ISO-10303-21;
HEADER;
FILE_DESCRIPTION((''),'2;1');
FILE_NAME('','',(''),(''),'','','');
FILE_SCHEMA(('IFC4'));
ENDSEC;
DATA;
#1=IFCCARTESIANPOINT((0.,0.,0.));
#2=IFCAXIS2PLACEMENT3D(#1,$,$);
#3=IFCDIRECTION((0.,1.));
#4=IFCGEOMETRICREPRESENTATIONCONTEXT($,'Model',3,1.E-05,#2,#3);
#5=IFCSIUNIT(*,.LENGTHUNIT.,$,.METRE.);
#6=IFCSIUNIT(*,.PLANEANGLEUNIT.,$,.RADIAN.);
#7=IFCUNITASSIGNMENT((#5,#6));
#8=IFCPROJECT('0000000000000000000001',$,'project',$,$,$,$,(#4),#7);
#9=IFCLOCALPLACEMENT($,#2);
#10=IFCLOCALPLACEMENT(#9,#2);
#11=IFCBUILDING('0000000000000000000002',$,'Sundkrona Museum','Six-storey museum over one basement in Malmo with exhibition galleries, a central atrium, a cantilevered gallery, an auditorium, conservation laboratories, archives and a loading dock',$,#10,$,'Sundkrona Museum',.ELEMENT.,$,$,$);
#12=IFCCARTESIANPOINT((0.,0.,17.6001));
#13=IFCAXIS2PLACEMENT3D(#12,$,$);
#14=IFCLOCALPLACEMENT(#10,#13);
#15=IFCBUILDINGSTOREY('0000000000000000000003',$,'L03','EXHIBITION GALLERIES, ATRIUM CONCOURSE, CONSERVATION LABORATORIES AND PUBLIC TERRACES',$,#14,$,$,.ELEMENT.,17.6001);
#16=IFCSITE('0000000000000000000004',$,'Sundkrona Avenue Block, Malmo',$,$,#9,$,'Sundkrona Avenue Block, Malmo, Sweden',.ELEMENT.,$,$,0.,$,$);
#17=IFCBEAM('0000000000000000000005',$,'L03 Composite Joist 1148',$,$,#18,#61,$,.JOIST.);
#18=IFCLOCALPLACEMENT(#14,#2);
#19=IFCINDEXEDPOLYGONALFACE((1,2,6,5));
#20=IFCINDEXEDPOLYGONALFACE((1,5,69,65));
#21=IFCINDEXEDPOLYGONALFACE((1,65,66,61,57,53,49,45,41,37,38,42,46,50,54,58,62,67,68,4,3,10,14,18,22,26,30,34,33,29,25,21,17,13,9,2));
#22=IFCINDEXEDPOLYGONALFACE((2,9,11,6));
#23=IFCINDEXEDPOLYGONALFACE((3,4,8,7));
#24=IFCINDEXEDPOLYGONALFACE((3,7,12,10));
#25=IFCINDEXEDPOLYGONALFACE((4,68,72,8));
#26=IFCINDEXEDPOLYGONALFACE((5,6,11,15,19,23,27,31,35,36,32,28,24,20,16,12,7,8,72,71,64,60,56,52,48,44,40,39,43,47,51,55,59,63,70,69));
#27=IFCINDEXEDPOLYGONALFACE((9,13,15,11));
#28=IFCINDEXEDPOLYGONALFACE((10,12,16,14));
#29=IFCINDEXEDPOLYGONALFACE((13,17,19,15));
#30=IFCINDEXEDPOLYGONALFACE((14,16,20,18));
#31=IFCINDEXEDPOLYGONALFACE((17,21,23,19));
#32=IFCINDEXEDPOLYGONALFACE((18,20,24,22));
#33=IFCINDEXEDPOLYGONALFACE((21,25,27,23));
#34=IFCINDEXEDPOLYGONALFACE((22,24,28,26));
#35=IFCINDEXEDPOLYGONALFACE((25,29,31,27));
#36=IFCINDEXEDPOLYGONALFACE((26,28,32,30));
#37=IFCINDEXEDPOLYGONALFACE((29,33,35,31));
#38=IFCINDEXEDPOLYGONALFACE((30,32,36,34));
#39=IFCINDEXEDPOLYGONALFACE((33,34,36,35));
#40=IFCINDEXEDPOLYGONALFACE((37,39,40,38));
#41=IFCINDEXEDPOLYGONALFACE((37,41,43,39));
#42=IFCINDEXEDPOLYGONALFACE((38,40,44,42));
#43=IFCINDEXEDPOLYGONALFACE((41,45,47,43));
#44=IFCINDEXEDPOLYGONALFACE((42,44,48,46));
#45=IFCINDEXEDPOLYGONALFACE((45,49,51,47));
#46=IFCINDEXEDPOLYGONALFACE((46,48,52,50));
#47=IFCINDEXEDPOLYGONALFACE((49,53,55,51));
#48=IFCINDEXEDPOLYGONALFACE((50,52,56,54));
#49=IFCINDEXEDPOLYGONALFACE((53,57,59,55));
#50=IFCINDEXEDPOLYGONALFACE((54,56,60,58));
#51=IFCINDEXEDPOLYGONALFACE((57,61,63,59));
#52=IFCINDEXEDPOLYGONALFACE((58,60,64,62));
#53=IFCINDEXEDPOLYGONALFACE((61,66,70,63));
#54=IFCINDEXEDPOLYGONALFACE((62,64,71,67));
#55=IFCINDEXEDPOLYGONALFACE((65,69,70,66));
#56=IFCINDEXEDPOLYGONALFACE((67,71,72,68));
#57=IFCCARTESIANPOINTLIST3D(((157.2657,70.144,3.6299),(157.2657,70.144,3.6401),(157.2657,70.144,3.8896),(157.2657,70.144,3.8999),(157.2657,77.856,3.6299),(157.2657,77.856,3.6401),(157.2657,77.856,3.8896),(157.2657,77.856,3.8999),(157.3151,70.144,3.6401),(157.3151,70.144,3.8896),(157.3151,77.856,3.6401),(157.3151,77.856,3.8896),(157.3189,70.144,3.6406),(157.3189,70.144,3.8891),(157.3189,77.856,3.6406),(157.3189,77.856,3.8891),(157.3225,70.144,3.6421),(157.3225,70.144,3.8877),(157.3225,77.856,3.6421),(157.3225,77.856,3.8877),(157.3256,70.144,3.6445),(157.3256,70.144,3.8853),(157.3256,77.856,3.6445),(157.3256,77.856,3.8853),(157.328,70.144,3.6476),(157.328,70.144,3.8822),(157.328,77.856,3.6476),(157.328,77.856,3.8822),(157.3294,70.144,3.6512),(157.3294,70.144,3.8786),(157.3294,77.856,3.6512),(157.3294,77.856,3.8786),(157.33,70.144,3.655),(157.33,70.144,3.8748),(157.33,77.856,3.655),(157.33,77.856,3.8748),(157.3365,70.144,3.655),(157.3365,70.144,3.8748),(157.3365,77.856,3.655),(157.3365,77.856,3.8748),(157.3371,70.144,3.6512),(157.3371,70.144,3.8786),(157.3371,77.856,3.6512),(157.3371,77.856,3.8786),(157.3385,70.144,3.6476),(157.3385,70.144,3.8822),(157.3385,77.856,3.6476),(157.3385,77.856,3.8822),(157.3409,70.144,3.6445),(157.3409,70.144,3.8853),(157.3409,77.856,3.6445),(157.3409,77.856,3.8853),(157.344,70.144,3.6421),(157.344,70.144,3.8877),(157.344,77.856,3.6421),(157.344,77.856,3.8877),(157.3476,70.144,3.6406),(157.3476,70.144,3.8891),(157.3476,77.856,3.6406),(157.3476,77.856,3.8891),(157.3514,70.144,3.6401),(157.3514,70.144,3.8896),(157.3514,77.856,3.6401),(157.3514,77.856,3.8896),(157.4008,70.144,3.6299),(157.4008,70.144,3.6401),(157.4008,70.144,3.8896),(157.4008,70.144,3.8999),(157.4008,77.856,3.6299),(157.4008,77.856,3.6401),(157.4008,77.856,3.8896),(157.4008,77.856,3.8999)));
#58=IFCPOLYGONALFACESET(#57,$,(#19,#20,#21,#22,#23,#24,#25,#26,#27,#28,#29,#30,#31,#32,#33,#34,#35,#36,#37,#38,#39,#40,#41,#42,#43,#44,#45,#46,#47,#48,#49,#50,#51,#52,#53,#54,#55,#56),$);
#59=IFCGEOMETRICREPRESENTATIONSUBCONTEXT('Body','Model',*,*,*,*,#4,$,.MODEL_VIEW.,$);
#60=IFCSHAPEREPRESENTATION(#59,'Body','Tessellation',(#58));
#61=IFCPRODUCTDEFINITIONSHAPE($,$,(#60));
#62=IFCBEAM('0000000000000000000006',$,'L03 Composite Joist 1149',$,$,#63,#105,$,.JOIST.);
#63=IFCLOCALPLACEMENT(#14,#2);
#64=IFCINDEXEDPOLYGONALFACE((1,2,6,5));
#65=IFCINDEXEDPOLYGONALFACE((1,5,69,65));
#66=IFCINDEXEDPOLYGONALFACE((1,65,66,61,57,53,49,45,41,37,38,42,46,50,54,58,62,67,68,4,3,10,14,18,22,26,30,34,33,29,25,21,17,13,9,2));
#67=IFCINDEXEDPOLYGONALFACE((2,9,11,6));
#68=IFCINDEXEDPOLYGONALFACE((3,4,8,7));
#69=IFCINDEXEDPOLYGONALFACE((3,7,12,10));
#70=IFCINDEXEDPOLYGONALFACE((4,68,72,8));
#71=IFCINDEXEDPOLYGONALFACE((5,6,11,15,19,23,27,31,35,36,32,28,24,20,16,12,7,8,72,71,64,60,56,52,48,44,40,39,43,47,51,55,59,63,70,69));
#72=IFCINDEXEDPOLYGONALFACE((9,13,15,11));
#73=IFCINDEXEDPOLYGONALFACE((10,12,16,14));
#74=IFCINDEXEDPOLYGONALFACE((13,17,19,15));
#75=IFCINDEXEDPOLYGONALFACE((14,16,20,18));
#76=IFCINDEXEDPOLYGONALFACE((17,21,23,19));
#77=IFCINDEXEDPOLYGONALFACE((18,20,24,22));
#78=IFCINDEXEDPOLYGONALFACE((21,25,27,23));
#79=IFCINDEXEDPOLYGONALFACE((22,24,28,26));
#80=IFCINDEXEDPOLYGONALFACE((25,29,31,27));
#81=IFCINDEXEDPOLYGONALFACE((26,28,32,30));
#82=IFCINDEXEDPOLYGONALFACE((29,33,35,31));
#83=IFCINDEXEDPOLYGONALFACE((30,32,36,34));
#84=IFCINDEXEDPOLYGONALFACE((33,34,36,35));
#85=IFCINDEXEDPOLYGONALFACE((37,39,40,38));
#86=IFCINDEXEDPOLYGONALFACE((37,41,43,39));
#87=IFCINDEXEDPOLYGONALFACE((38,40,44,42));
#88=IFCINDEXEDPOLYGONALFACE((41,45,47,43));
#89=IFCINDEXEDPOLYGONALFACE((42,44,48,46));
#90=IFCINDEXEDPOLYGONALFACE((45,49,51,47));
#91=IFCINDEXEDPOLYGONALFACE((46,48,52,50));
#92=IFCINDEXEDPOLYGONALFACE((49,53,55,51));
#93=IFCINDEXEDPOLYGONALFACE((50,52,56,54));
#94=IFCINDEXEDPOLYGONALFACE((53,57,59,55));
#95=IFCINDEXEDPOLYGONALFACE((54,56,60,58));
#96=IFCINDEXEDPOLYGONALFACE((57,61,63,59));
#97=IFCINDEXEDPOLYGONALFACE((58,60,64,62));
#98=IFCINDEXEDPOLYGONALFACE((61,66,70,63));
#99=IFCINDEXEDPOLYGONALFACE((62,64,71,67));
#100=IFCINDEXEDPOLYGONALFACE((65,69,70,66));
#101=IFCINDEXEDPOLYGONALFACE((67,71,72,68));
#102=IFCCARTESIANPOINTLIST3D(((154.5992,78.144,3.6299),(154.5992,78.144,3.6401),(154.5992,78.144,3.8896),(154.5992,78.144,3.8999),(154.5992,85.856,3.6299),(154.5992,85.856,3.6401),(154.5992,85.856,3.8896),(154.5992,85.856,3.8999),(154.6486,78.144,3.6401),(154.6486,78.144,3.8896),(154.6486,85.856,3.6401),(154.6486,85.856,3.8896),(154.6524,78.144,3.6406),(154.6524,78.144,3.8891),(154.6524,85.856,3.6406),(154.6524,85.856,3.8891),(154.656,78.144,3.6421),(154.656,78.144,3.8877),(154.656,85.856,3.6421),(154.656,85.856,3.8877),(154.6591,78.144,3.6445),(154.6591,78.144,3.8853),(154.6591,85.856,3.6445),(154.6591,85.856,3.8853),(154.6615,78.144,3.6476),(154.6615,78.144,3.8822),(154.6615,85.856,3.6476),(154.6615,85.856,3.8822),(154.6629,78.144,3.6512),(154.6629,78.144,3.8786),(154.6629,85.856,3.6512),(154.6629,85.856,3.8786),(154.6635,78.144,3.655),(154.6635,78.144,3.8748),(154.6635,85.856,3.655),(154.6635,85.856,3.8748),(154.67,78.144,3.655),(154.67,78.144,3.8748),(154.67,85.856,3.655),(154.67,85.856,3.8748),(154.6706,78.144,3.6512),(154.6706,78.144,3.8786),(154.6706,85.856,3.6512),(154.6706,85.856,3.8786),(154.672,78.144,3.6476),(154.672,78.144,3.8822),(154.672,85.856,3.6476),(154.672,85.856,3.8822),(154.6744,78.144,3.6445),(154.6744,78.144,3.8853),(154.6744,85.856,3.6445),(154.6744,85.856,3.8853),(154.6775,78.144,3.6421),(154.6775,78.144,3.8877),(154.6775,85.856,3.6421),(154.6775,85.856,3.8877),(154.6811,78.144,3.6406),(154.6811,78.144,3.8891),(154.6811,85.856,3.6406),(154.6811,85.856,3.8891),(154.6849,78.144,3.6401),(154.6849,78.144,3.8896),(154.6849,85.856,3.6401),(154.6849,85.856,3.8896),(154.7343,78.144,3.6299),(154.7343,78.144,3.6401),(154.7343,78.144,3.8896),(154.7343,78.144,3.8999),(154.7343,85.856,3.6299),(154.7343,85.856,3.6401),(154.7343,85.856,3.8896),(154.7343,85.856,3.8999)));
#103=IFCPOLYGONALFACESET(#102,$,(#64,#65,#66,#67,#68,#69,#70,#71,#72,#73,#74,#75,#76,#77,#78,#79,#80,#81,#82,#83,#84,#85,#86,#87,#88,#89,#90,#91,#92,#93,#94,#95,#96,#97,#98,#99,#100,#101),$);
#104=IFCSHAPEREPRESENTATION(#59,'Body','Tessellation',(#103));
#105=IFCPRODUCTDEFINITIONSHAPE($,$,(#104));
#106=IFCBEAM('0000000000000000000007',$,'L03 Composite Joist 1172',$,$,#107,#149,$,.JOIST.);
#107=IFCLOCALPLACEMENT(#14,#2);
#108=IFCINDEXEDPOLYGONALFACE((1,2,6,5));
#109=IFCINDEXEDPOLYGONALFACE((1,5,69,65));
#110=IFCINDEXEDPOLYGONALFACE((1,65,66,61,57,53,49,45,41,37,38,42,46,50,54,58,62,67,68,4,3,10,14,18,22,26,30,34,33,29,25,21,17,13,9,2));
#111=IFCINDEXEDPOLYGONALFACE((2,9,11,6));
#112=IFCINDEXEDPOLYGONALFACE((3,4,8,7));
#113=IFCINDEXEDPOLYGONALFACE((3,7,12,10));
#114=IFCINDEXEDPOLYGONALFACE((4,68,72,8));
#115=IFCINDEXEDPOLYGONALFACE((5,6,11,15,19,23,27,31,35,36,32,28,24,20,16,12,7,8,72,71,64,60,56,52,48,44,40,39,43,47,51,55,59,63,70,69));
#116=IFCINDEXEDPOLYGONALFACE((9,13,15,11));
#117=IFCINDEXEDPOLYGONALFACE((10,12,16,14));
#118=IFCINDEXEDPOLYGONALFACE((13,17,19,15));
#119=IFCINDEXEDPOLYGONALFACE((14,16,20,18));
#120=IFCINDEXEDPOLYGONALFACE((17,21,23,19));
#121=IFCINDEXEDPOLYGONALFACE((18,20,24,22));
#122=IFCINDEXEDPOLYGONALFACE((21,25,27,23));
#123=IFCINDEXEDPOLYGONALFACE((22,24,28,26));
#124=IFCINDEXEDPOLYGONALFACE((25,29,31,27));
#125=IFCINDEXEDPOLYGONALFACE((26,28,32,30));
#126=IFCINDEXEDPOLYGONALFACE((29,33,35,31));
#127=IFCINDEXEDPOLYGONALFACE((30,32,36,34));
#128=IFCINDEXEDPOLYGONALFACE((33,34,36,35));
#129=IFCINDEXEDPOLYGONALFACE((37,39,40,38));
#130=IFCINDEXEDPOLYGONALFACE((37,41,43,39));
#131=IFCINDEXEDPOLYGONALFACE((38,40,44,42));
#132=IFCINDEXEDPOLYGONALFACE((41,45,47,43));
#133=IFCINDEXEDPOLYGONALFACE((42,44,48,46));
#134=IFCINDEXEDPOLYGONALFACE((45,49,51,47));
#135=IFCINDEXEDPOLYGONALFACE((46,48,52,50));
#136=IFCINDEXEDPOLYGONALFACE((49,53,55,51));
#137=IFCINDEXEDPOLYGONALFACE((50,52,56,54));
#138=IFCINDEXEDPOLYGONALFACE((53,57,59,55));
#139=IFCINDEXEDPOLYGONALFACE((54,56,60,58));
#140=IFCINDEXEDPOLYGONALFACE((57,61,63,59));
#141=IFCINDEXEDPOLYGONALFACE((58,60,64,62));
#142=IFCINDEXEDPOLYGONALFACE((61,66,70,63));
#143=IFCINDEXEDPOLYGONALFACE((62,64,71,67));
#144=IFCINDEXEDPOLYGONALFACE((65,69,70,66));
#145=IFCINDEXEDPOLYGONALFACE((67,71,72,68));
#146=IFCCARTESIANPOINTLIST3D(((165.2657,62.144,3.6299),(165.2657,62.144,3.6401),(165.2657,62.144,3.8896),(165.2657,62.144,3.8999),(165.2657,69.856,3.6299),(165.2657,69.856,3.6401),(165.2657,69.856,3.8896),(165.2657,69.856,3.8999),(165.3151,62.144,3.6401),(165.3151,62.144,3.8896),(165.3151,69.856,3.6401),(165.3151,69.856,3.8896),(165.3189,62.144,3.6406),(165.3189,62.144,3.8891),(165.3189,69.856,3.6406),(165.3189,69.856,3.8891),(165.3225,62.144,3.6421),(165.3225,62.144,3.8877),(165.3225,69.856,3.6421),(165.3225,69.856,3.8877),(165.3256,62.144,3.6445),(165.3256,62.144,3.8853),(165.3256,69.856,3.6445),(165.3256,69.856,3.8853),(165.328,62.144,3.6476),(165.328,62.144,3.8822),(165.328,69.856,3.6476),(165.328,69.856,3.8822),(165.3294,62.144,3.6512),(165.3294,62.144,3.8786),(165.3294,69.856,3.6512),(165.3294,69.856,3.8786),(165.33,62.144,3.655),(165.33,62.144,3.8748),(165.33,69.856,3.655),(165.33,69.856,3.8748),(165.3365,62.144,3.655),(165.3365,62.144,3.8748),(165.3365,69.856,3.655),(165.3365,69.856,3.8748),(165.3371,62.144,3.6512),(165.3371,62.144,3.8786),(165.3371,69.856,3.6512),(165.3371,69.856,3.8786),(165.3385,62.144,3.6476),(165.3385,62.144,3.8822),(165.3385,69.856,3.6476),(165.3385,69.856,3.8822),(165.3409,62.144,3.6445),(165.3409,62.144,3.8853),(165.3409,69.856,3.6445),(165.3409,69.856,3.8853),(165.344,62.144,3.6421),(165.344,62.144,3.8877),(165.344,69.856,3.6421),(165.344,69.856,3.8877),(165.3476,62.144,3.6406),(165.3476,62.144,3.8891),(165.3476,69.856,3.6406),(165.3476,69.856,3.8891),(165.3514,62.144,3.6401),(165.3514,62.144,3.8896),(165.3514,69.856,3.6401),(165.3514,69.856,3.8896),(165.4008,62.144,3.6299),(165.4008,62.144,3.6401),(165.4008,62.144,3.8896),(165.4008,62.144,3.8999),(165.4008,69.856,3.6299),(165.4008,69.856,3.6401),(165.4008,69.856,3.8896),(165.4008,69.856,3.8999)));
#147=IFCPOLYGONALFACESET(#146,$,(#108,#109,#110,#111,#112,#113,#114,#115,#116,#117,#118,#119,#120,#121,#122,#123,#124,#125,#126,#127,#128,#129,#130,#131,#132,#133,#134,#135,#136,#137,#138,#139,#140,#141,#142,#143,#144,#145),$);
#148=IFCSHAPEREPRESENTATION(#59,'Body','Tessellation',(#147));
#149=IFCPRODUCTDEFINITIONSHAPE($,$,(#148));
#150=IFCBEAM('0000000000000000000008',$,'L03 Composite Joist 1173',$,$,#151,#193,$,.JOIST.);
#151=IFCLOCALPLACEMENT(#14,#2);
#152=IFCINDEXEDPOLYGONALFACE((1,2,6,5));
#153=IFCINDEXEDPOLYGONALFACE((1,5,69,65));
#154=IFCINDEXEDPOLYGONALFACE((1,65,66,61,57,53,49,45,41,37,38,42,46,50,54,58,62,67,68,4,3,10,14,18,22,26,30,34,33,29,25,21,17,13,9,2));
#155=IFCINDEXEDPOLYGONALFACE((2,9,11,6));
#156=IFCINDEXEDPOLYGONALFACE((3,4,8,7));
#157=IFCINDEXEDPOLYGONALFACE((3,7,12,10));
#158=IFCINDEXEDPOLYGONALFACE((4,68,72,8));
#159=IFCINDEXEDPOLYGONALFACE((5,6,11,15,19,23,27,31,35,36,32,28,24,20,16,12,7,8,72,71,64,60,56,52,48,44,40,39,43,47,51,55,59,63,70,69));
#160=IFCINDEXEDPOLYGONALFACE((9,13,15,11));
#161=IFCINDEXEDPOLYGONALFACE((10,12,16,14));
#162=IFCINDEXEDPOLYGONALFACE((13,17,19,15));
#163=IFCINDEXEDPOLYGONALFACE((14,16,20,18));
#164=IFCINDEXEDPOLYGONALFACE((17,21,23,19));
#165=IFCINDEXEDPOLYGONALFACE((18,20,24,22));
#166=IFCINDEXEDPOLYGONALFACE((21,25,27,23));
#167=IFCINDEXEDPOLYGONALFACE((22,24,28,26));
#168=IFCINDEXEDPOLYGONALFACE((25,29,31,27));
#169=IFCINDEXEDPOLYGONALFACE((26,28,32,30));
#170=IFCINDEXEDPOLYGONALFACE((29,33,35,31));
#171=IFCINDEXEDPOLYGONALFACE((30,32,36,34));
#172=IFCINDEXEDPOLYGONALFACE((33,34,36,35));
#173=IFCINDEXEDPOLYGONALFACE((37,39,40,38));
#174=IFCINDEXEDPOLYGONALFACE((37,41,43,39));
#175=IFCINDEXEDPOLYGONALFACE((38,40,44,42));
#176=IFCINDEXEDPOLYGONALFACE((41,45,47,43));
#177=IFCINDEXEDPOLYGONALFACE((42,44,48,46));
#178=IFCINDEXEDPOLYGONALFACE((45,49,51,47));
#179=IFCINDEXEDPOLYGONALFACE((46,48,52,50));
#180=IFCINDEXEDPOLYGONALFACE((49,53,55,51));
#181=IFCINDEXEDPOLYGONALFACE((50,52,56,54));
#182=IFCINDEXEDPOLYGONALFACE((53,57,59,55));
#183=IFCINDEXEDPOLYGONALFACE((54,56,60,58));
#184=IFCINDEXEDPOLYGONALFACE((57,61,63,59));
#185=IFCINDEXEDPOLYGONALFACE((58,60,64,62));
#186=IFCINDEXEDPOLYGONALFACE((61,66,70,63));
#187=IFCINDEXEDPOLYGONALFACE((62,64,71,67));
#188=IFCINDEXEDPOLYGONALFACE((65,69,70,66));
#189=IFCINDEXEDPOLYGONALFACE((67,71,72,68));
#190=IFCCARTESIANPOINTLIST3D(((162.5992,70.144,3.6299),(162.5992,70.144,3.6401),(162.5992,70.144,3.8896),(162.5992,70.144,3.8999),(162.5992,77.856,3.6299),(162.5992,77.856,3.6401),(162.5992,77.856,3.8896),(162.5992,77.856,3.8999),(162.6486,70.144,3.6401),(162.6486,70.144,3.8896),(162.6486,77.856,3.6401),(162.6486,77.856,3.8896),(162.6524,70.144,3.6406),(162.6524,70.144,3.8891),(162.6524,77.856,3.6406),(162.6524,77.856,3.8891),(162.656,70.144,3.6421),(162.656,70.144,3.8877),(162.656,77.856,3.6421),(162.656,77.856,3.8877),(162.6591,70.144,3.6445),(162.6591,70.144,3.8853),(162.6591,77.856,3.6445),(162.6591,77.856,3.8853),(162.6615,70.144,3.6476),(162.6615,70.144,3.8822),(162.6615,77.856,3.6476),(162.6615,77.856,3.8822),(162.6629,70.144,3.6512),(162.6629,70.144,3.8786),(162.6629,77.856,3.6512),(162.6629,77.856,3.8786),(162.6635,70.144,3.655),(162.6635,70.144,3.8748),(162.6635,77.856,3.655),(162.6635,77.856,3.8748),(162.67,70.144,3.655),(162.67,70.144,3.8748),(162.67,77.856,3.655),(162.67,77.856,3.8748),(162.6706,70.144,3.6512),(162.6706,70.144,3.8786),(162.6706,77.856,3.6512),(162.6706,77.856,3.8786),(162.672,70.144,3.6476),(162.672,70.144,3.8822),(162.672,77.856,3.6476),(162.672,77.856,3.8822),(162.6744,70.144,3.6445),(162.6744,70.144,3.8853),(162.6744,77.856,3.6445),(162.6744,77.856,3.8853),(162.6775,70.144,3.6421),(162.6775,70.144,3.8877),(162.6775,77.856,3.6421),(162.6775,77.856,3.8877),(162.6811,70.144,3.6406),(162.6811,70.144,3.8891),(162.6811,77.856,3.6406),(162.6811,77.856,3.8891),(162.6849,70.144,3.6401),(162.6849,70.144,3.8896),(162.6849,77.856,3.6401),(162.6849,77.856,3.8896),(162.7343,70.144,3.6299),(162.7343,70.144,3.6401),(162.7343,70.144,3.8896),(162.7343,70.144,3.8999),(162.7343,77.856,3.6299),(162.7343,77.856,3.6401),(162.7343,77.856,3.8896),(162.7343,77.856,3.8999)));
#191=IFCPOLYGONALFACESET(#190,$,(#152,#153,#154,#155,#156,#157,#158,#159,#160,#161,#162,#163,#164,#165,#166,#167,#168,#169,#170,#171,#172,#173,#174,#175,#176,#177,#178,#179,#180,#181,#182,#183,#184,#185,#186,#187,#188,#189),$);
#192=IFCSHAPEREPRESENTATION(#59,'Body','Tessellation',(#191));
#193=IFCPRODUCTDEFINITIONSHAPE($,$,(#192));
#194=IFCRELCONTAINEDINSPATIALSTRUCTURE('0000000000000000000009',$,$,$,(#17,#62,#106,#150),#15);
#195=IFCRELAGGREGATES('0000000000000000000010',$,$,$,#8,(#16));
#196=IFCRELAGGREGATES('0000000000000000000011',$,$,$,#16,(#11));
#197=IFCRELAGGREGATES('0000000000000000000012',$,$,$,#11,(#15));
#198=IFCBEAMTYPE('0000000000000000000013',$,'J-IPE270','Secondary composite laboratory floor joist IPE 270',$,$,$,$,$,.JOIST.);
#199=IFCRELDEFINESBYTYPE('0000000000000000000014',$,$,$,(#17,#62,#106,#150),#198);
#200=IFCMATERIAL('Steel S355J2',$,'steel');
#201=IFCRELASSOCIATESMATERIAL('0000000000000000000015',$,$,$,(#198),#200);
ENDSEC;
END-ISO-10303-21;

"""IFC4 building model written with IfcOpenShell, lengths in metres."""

from ifc_helpers import new_model, si_unit, direction, frame, origin, origin_2d, place, context, subcontext, project, spatial, i_section, extrude, material, material_profile, profile_set, type_object, element, save


model = new_model("IFC4")

# Units and contexts
model_context = context("Model", 3, precision=1e-05, world=origin(), true_north=direction((0.0, 1.0)))
body_context = subcontext(model_context, "Body", "Model", "MODEL_VIEW")
ifc_project = project(units=[si_unit("LENGTHUNIT", "METRE"), si_unit("PLANEANGLEUNIT", "RADIAN")], contexts=[model_context])

# Site, building, storey
site_placement = place(None, origin())
site = spatial("IfcSite", under=ifc_project, at=site_placement, Name="Sundkrona Avenue Block, Malmo", LongName="Sundkrona Avenue Block, Malmo, Sweden", CompositionType="ELEMENT", RefElevation=0.0)
building_placement = place(site_placement, origin())
building = spatial("IfcBuilding", under=site, at=building_placement, Name="Sundkrona Museum", Description="Six-storey museum over one basement in Malmo with exhibition galleries, a central atrium, a cantilevered gallery, an auditorium, conservation laboratories, archives and a loading dock", LongName="Sundkrona Museum", CompositionType="ELEMENT")
storey_placement = place(building_placement, frame((0.0, 0.0, 17.6001)))
storey = spatial("IfcBuildingStorey", under=building, at=storey_placement, Name="L03", Description="EXHIBITION GALLERIES, ATRIUM CONCOURSE, CONSERVATION LABORATORIES AND PUBLIC TERRACES", CompositionType="ELEMENT", Elevation=17.6001)

# Shared definitions
ifc_material_1 = material(Name="Steel S355J2", Category="steel")

# Beams
ifc_material_profile_1 = material_profile(ifc_material_1, i_section(OverallWidth=0.135, OverallDepth=0.27, WebThickness=0.0066, FlangeThickness=0.0103, FilletRadius=0.0149, at=origin_2d()), Name="IPE 270")
ifc_profile_set_1 = profile_set([ifc_material_profile_1], Name="Steel S355J2")
beam_type_1 = type_object("IfcBeamType", Name="J-IPE270", Description="Secondary composite laboratory floor joist IPE 270", PredefinedType="JOIST", material=ifc_profile_set_1)
for number, where, z_axis, x_axis, name in (
    (1, (157.3333, 70.144, 3.7649), (0.0, 1.0, 0.0), (-1.0, 0.0, 0.0), "L03 Composite Joist 1148"),
    (2, (154.6667, 78.144, 3.7649), (0.0, 1.0, 0.0), (-1.0, 0.0, 0.0), "L03 Composite Joist 1149"),
    (3, (165.3333, 62.144, 3.7649), (0.0, 1.0, 0.0), (-1.0, 0.0, 0.0), "L03 Composite Joist 1172"),
    (4, (162.6667, 70.144, 3.7649), (0.0, 1.0, 0.0), (-1.0, 0.0, 0.0), "L03 Composite Joist 1173"),
):
    element("IfcBeam", number, at=place(storey_placement, frame(where, z_axis=z_axis, x_axis=x_axis)), inside=storey, type_object=beam_type_1, Name=name, PredefinedType="JOIST", context=body_context, shape_type="SweptSolid", body=[
        extrude(i_section(OverallWidth=0.135, OverallDepth=0.27, WebThickness=0.0066, FlangeThickness=0.0103, FilletRadius=0.0149, at=origin_2d()), origin(), (0.0, 0.0, 1.0), 7.7119),
    ])

save(model, "model.ifc")
